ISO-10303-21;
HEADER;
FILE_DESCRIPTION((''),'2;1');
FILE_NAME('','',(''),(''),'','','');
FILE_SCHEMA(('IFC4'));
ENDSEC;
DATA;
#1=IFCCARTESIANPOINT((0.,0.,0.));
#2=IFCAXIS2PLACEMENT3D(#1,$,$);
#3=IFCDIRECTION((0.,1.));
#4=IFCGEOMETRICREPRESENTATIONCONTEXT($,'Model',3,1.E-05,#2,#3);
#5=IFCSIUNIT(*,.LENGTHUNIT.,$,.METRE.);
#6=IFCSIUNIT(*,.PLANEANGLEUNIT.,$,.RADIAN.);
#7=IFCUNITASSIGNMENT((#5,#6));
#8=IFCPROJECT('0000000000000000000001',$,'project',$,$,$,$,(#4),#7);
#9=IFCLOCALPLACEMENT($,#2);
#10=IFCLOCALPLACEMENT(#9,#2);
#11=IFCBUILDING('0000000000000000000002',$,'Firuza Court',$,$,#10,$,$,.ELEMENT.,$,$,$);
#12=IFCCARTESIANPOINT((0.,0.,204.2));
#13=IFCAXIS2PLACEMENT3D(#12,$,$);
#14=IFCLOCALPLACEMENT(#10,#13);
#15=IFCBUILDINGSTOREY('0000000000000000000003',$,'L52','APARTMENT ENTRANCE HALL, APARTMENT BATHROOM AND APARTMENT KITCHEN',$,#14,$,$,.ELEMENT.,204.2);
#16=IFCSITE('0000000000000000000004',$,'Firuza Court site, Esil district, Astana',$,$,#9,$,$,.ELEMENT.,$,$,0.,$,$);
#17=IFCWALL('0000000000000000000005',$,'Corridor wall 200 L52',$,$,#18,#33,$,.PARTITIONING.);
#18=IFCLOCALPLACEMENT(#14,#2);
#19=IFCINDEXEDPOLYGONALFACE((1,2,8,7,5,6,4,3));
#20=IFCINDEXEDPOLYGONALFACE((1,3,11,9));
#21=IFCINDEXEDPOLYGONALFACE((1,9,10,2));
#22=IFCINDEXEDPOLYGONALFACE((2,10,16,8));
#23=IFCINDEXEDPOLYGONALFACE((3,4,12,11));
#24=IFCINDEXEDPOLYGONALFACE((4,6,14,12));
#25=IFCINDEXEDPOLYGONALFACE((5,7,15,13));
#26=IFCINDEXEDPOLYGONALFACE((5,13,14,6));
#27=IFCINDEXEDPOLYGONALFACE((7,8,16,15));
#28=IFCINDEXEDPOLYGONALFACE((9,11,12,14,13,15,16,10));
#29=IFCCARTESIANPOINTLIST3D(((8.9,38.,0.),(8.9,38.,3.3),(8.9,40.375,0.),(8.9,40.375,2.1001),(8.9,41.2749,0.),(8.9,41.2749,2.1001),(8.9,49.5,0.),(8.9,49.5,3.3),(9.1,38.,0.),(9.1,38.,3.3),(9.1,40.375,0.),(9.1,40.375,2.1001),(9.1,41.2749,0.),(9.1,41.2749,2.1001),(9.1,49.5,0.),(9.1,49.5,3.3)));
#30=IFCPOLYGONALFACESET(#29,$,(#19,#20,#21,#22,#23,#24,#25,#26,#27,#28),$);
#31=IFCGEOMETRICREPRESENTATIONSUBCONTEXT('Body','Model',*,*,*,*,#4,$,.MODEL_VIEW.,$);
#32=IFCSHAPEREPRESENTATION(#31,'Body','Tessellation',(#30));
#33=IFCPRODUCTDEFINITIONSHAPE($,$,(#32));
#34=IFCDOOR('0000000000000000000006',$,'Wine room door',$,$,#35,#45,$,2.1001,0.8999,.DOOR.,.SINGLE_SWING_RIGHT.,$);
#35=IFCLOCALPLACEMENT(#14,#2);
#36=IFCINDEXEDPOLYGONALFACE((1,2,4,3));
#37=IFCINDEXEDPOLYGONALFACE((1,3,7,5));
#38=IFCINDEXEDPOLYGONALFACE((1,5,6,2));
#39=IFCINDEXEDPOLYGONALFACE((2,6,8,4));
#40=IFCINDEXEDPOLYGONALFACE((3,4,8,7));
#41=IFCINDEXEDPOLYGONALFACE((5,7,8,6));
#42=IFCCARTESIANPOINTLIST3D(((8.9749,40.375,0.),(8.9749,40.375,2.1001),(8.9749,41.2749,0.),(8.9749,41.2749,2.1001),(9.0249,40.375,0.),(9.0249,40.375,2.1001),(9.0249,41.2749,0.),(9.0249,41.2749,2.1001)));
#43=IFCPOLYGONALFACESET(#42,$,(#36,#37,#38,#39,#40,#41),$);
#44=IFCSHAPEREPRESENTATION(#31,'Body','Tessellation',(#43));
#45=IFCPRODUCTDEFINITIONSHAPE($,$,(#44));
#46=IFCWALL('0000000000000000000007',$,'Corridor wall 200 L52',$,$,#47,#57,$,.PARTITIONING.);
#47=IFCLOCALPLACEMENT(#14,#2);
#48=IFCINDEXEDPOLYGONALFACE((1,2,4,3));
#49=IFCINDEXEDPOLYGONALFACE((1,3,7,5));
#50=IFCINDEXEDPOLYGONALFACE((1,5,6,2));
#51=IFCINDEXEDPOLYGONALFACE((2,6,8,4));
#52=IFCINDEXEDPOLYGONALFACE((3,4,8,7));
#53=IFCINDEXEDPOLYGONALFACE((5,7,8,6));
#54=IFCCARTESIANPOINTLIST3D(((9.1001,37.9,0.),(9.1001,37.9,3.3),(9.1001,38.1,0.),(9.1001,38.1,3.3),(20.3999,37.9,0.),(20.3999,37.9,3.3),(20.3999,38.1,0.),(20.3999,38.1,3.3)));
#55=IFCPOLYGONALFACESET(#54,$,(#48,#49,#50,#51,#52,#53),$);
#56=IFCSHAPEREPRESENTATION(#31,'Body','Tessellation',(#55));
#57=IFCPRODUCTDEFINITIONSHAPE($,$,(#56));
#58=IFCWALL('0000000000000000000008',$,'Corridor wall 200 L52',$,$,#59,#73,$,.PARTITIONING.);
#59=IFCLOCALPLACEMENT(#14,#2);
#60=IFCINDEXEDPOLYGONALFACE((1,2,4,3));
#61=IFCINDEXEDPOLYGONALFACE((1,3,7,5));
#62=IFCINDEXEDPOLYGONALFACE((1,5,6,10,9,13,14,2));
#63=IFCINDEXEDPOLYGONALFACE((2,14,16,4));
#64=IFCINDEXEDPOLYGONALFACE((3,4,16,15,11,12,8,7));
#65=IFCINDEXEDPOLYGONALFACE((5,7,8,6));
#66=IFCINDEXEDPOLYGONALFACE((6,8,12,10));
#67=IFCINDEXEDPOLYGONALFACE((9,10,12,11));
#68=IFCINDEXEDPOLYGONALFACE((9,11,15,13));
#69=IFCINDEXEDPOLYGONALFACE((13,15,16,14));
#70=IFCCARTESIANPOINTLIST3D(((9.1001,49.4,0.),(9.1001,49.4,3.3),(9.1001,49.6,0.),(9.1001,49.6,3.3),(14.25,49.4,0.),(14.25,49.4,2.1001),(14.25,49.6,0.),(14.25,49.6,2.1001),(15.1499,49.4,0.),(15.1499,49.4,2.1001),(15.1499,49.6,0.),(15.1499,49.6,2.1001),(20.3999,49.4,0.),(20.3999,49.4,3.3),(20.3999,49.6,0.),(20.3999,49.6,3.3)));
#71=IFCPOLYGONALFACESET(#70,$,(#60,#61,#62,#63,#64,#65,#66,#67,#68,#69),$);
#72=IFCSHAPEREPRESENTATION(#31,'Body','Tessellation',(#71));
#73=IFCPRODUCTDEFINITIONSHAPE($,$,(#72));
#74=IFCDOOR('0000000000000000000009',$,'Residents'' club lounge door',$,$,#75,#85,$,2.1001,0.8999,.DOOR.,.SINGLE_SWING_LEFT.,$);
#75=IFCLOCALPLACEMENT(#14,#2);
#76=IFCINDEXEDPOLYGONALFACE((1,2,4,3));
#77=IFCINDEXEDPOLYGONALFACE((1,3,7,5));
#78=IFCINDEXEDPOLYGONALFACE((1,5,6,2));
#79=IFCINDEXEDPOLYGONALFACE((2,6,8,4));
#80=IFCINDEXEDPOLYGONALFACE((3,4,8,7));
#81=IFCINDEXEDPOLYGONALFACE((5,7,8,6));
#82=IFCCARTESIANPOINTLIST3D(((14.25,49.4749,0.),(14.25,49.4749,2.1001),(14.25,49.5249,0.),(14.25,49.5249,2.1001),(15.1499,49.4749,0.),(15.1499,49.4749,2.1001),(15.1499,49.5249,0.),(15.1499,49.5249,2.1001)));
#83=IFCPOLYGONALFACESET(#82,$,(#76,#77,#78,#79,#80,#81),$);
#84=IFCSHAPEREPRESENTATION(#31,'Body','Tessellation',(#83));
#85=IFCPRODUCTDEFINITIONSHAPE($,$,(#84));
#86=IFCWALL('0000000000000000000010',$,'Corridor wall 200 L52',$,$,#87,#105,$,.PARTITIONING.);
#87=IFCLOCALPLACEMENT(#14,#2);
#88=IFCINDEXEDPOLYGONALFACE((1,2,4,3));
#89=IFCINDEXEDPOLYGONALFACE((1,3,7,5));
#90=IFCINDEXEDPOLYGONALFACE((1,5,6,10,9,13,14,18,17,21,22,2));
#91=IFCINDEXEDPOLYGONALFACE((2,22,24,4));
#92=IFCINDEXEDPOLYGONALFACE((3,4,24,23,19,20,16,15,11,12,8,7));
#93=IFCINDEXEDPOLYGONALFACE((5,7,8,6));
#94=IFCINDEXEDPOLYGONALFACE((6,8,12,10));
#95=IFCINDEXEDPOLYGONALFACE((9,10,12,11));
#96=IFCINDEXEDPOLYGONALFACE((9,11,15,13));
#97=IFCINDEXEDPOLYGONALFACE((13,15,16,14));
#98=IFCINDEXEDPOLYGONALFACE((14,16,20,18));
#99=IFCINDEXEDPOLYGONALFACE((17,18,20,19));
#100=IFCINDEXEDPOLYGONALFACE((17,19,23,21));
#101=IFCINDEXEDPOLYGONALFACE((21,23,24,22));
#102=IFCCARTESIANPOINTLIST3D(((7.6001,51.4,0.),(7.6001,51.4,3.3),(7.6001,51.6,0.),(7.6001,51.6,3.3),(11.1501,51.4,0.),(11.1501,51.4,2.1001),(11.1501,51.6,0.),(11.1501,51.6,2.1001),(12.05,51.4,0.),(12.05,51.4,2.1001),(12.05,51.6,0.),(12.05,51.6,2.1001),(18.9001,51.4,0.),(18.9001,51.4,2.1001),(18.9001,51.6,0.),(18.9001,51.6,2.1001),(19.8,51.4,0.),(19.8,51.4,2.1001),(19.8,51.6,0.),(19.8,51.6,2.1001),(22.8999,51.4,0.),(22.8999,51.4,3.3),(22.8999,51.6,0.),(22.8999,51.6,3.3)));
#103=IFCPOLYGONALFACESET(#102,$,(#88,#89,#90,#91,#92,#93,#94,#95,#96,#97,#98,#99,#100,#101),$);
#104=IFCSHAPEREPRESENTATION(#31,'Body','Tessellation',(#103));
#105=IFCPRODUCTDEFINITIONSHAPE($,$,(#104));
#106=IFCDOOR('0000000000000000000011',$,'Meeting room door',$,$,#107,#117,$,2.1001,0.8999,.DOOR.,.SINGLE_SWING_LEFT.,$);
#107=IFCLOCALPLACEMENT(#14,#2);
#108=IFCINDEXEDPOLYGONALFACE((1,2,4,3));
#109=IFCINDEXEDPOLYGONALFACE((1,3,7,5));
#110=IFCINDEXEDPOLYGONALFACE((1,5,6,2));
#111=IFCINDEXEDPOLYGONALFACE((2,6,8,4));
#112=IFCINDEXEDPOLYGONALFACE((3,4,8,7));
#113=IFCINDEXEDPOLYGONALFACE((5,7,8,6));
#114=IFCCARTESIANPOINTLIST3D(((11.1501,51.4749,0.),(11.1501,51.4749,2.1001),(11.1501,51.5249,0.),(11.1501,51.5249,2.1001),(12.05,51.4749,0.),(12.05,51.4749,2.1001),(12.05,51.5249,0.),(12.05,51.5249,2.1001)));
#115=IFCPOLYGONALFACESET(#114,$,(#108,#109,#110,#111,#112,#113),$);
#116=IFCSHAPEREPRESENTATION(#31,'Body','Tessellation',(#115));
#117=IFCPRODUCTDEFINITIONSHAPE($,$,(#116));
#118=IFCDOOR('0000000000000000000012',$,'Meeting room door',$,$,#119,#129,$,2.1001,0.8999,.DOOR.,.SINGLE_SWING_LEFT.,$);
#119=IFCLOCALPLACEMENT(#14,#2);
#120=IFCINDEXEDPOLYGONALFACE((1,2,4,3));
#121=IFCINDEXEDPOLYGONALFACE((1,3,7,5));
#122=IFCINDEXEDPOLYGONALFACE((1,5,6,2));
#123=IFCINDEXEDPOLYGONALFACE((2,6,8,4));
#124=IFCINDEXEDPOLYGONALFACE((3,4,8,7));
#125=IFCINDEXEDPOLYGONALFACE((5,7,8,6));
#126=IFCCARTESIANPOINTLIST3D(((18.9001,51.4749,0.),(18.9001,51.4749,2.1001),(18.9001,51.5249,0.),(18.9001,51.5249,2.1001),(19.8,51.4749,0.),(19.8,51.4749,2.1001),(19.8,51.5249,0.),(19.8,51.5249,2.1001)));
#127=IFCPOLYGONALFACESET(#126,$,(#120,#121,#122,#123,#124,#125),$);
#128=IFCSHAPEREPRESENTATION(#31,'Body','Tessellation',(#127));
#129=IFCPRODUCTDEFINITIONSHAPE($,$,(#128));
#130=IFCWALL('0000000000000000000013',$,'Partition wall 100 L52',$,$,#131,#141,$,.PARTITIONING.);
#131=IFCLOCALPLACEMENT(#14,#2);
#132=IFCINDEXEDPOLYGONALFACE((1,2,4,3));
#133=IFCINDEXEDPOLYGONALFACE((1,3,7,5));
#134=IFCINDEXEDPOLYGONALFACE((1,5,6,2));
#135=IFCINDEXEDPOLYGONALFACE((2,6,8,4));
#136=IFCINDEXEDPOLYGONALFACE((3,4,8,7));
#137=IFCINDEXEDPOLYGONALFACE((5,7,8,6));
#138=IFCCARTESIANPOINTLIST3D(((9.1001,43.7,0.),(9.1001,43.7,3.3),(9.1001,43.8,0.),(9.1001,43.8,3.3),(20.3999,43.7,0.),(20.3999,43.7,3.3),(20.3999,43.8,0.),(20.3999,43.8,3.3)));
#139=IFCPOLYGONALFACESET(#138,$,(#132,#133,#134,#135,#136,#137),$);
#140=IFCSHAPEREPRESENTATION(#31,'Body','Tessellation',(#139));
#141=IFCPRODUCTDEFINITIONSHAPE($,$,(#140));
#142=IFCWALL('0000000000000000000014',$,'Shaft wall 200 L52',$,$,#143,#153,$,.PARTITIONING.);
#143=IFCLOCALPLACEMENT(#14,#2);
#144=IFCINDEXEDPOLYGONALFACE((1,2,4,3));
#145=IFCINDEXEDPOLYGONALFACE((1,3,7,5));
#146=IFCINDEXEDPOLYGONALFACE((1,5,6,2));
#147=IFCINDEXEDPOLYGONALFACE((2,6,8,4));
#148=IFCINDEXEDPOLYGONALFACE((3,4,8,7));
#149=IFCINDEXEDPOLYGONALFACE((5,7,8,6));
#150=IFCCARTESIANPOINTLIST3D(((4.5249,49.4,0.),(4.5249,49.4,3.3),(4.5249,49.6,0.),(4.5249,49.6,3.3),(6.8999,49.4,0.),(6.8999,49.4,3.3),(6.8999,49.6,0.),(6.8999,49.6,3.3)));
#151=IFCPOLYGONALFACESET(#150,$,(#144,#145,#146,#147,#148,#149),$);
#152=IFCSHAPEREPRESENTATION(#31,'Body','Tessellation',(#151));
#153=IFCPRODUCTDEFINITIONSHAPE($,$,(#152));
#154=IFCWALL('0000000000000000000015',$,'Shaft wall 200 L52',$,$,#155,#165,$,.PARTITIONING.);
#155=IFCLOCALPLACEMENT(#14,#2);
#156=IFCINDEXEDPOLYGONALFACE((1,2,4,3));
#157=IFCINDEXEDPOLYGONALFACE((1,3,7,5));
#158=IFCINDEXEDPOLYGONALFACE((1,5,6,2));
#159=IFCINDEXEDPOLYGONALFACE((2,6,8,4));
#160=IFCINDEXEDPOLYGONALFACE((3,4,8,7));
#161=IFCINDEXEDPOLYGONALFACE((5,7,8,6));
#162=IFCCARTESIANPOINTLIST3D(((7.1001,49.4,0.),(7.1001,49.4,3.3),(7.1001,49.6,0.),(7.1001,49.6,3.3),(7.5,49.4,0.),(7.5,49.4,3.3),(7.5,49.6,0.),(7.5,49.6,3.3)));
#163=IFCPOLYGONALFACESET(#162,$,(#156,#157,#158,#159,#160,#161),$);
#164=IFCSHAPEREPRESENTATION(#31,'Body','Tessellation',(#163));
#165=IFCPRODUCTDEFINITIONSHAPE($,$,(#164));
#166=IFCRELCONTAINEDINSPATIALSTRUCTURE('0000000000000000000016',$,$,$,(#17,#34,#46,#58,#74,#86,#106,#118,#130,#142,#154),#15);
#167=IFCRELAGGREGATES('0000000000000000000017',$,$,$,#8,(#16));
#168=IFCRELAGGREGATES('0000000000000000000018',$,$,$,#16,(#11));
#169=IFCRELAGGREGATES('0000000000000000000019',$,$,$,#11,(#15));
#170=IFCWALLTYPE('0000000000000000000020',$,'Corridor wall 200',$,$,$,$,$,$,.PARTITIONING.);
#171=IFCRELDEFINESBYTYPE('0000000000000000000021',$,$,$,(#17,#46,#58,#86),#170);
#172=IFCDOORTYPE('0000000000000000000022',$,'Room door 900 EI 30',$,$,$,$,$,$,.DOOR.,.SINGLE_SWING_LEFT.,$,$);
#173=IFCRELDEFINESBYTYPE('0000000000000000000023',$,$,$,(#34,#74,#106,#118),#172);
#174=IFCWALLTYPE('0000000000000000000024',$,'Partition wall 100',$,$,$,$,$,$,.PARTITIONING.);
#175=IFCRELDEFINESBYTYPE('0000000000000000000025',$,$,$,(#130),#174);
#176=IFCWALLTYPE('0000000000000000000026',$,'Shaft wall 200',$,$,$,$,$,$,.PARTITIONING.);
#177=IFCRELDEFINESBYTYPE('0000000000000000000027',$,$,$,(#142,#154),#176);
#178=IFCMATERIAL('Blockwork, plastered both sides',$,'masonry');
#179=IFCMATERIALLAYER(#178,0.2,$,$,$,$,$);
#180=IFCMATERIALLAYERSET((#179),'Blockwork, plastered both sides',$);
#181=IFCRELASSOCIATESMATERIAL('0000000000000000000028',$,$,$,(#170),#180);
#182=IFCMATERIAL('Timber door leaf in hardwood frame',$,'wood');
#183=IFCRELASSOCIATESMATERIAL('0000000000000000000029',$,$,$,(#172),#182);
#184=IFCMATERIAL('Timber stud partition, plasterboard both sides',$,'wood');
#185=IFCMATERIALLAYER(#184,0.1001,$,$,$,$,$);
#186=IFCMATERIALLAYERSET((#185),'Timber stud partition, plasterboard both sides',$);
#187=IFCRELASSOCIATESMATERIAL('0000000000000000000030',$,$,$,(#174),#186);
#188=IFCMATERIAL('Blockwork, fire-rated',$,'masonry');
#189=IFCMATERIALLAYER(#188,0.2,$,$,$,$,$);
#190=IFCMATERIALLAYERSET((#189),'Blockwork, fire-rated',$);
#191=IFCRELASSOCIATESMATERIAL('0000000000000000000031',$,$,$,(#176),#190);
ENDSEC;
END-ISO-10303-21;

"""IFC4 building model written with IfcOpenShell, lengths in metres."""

from ifc_helpers import new_model, si_unit, direction, frame, frame_2d, origin, place, context, subcontext, project, spatial, rectangle, extrude, material, layer, layer_set, type_object, element, fill, save


model = new_model("IFC4")

# Units and contexts
model_context = context("Model", 3, precision=1e-05, world=origin(), true_north=direction((0.0, 1.0)))
body_context = subcontext(model_context, "Body", "Model", "MODEL_VIEW")
ifc_project = project(units=[si_unit("LENGTHUNIT", "METRE"), si_unit("PLANEANGLEUNIT", "RADIAN")], contexts=[model_context])

# Site, building, storey
site_placement = place(None, origin())
site = spatial("IfcSite", under=ifc_project, at=site_placement, Name="Firuza Court site, Esil district, Astana", CompositionType="ELEMENT", RefElevation=0.0)
building_placement = place(site_placement, origin())
building = spatial("IfcBuilding", under=site, at=building_placement, Name="Firuza Court", CompositionType="ELEMENT")
storey_placement = place(building_placement, frame((0.0, 0.0, 204.2)))
storey = spatial("IfcBuildingStorey", under=building, at=storey_placement, Name="L52", Description="APARTMENT ENTRANCE HALL, APARTMENT BATHROOM AND APARTMENT KITCHEN", CompositionType="ELEMENT", Elevation=204.2)

# Wall, opening, door
ifc_material_1 = material(Name="Blockwork, plastered both sides", Category="masonry")
ifc_layer_1 = layer(ifc_material_1, 0.2)
ifc_layer_set_1 = layer_set([ifc_layer_1], Name="Blockwork, plastered both sides")
wall_type_1 = type_object("IfcWallType", Name="Corridor wall 200", PredefinedType="PARTITIONING", material=ifc_layer_set_1)
wall_1_placement = place(storey_placement, frame((9.0, 38.0, 0.0), z_axis=(0.0, 0.0, 1.0), x_axis=(0.0, 1.0, 0.0)))
wall_1 = element("IfcWall", 1, at=wall_1_placement, inside=storey, type_object=wall_type_1, Name="Corridor wall 200 L52", PredefinedType="PARTITIONING", context=body_context, shape_type="SweptSolid", body=[
    extrude(rectangle(XDim=11.5, YDim=0.2, at=frame_2d((5.75, 0.0))), origin(), (0.0, 0.0, 1.0), 3.3),
])
opening_1_placement = place(wall_1_placement, frame((2.375, 0.0, 0.0)))
opening_1 = element("IfcOpeningElement", 2, at=opening_1_placement, cuts=wall_1, PredefinedType="OPENING", context=body_context, shape_type="SweptSolid", body=[
    extrude(rectangle(XDim=0.8999, YDim=2.1001, at=frame_2d((0.45, 1.05))), frame((0.0, 0.1118, 0.0), z_axis=(0.0, -1.0, 0.0), x_axis=(1.0, 0.0, 0.0)), (0.0, 0.0, 1.0), 0.2239),
])
ifc_material_2 = material(Name="Timber door leaf in hardwood frame", Category="wood")
door_type_1 = type_object("IfcDoorType", Name="Room door 900 EI 30", OperationType="SINGLE_SWING_LEFT", PredefinedType="DOOR", material=ifc_material_2)
door_1_placement = place(opening_1_placement, frame((0.8999, 0.0, 0.0), z_axis=(0.0, 0.0, 1.0), x_axis=(-1.0, 0.0, 0.0)))
door_1 = element("IfcDoor", 3, at=door_1_placement, inside=storey, type_object=door_type_1, Name="Wine room door", OperationType="SINGLE_SWING_RIGHT", OverallHeight=2.1001, OverallWidth=0.8999, PredefinedType="DOOR", context=body_context, shape_type="SweptSolid", body=[
    extrude(rectangle(XDim=0.8999, YDim=2.1001, at=frame_2d((0.45, 1.05))), frame((0.0, 0.0249, 0.0), z_axis=(0.0, -1.0, 0.0), x_axis=(1.0, 0.0, 0.0)), (0.0, 0.0, 1.0), 0.05),
])
fill(opening_1, door_1)

# Wall
wall_2_placement = place(storey_placement, frame((9.1001, 38.0, 0.0), z_axis=(0.0, 0.0, 1.0), x_axis=(1.0, 0.0, 0.0)))
element("IfcWall", 4, at=wall_2_placement, inside=storey, type_object=wall_type_1, Name="Corridor wall 200 L52", PredefinedType="PARTITIONING", context=body_context, shape_type="SweptSolid", body=[
    extrude(rectangle(XDim=11.2998, YDim=0.2, at=frame_2d((5.6499, 0.0))), origin(), (0.0, 0.0, 1.0), 3.3),
])

# Wall, opening, door
wall_3_placement = place(storey_placement, frame((9.1001, 49.5, 0.0), z_axis=(0.0, 0.0, 1.0), x_axis=(1.0, 0.0, 0.0)))
wall_3 = element("IfcWall", 5, at=wall_3_placement, inside=storey, type_object=wall_type_1, Name="Corridor wall 200 L52", PredefinedType="PARTITIONING", context=body_context, shape_type="SweptSolid", body=[
    extrude(rectangle(XDim=11.2998, YDim=0.2, at=frame_2d((5.6499, 0.0))), origin(), (0.0, 0.0, 1.0), 3.3),
])
opening_2_placement = place(wall_3_placement, frame((5.1499, 0.0, 0.0)))
opening_2 = element("IfcOpeningElement", 6, at=opening_2_placement, cuts=wall_3, PredefinedType="OPENING", context=body_context, shape_type="SweptSolid", body=[
    extrude(rectangle(XDim=0.8999, YDim=2.1001, at=frame_2d((0.45, 1.05))), frame((0.0, 0.1118, 0.0), z_axis=(0.0, -1.0, 0.0), x_axis=(1.0, 0.0, 0.0)), (0.0, 0.0, 1.0), 0.2239),
])
door_2_placement = place(opening_2_placement, origin())
door_2 = element("IfcDoor", 7, at=door_2_placement, inside=storey, type_object=door_type_1, Name="Residents' club lounge door", OperationType="SINGLE_SWING_LEFT", OverallHeight=2.1001, OverallWidth=0.8999, PredefinedType="DOOR", context=body_context, shape_type="SweptSolid", body=[
    extrude(rectangle(XDim=0.8999, YDim=2.1001, at=frame_2d((0.45, 1.05))), frame((0.0, 0.0249, 0.0), z_axis=(0.0, -1.0, 0.0), x_axis=(1.0, 0.0, 0.0)), (0.0, 0.0, 1.0), 0.05),
])
fill(opening_2, door_2)

# Wall, openings, doors
wall_4_placement = place(storey_placement, frame((7.6001, 51.5, 0.0), z_axis=(0.0, 0.0, 1.0), x_axis=(1.0, 0.0, 0.0)))
wall_4 = element("IfcWall", 8, at=wall_4_placement, inside=storey, type_object=wall_type_1, Name="Corridor wall 200 L52", PredefinedType="PARTITIONING", context=body_context, shape_type="SweptSolid", body=[
    extrude(rectangle(XDim=15.2998, YDim=0.2, at=frame_2d((7.6499, 0.0))), origin(), (0.0, 0.0, 1.0), 3.3),
])
opening_3_placement = place(wall_4_placement, frame((3.55, 0.0, 0.0)))
opening_3 = element("IfcOpeningElement", 9, at=opening_3_placement, cuts=wall_4, PredefinedType="OPENING", context=body_context, shape_type="SweptSolid", body=[
    extrude(rectangle(XDim=0.8999, YDim=2.1001, at=frame_2d((0.45, 1.05))), frame((0.0, 0.1118, 0.0), z_axis=(0.0, -1.0, 0.0), x_axis=(1.0, 0.0, 0.0)), (0.0, 0.0, 1.0), 0.2239),
])
opening_4_placement = place(wall_4_placement, frame((11.3, 0.0, 0.0)))
opening_4 = element("IfcOpeningElement", 10, at=opening_4_placement, cuts=wall_4, PredefinedType="OPENING", context=body_context, shape_type="SweptSolid", body=[
    extrude(rectangle(XDim=0.8999, YDim=2.1001, at=frame_2d((0.45, 1.05))), frame((0.0, 0.1118, 0.0), z_axis=(0.0, -1.0, 0.0), x_axis=(1.0, 0.0, 0.0)), (0.0, 0.0, 1.0), 0.2239),
])
door_3_placement = place(opening_3_placement, origin())
door_3 = element("IfcDoor", 11, at=door_3_placement, inside=storey, type_object=door_type_1, Name="Meeting room door", OperationType="SINGLE_SWING_LEFT", OverallHeight=2.1001, OverallWidth=0.8999, PredefinedType="DOOR", context=body_context, shape_type="SweptSolid", body=[
    extrude(rectangle(XDim=0.8999, YDim=2.1001, at=frame_2d((0.45, 1.05))), frame((0.0, 0.0249, 0.0), z_axis=(0.0, -1.0, 0.0), x_axis=(1.0, 0.0, 0.0)), (0.0, 0.0, 1.0), 0.05),
])
fill(opening_3, door_3)
door_4_placement = place(opening_4_placement, origin())
door_4 = element("IfcDoor", 12, at=door_4_placement, inside=storey, type_object=door_type_1, Name="Meeting room door", OperationType="SINGLE_SWING_LEFT", OverallHeight=2.1001, OverallWidth=0.8999, PredefinedType="DOOR", context=body_context, shape_type="SweptSolid", body=[
    extrude(rectangle(XDim=0.8999, YDim=2.1001, at=frame_2d((0.45, 1.05))), frame((0.0, 0.0249, 0.0), z_axis=(0.0, -1.0, 0.0), x_axis=(1.0, 0.0, 0.0)), (0.0, 0.0, 1.0), 0.05),
])
fill(opening_4, door_4)

# Walls
ifc_material_3 = material(Name="Timber stud partition, plasterboard both sides", Category="wood")
ifc_layer_2 = layer(ifc_material_3, 0.1001)
ifc_layer_set_2 = layer_set([ifc_layer_2], Name="Timber stud partition, plasterboard both sides")
wall_type_2 = type_object("IfcWallType", Name="Partition wall 100", PredefinedType="PARTITIONING", material=ifc_layer_set_2)
wall_5_placement = place(storey_placement, frame((9.1001, 43.75, 0.0), z_axis=(0.0, 0.0, 1.0), x_axis=(1.0, 0.0, 0.0)))
element("IfcWall", 13, at=wall_5_placement, inside=storey, type_object=wall_type_2, Name="Partition wall 100 L52", PredefinedType="PARTITIONING", context=body_context, shape_type="SweptSolid", body=[
    extrude(rectangle(XDim=11.2998, YDim=0.1001, at=frame_2d((5.6499, 0.0))), origin(), (0.0, 0.0, 1.0), 3.3),
])
ifc_material_4 = material(Name="Blockwork, fire-rated", Category="masonry")
ifc_layer_3 = layer(ifc_material_4, 0.2)
ifc_layer_set_3 = layer_set([ifc_layer_3], Name="Blockwork, fire-rated")
wall_type_3 = type_object("IfcWallType", Name="Shaft wall 200", PredefinedType="PARTITIONING", material=ifc_layer_set_3)
wall_6_placement = place(storey_placement, frame((4.5249, 49.5, 0.0), z_axis=(0.0, 0.0, 1.0), x_axis=(1.0, 0.0, 0.0)))
element("IfcWall", 14, at=wall_6_placement, inside=storey, type_object=wall_type_3, Name="Shaft wall 200 L52", PredefinedType="PARTITIONING", context=body_context, shape_type="SweptSolid", body=[
    extrude(rectangle(XDim=2.375, YDim=0.2, at=frame_2d((1.1875, 0.0))), origin(), (0.0, 0.0, 1.0), 3.3),
])
wall_7_placement = place(storey_placement, frame((7.1001, 49.5, 0.0), z_axis=(0.0, 0.0, 1.0), x_axis=(1.0, 0.0, 0.0)))
element("IfcWall", 15, at=wall_7_placement, inside=storey, type_object=wall_type_3, Name="Shaft wall 200 L52", PredefinedType="PARTITIONING", context=body_context, shape_type="SweptSolid", body=[
    extrude(rectangle(XDim=0.3999, YDim=0.2, at=frame_2d((0.2, 0.0))), origin(), (0.0, 0.0, 1.0), 3.3),
])

save(model, "model.ifc")
